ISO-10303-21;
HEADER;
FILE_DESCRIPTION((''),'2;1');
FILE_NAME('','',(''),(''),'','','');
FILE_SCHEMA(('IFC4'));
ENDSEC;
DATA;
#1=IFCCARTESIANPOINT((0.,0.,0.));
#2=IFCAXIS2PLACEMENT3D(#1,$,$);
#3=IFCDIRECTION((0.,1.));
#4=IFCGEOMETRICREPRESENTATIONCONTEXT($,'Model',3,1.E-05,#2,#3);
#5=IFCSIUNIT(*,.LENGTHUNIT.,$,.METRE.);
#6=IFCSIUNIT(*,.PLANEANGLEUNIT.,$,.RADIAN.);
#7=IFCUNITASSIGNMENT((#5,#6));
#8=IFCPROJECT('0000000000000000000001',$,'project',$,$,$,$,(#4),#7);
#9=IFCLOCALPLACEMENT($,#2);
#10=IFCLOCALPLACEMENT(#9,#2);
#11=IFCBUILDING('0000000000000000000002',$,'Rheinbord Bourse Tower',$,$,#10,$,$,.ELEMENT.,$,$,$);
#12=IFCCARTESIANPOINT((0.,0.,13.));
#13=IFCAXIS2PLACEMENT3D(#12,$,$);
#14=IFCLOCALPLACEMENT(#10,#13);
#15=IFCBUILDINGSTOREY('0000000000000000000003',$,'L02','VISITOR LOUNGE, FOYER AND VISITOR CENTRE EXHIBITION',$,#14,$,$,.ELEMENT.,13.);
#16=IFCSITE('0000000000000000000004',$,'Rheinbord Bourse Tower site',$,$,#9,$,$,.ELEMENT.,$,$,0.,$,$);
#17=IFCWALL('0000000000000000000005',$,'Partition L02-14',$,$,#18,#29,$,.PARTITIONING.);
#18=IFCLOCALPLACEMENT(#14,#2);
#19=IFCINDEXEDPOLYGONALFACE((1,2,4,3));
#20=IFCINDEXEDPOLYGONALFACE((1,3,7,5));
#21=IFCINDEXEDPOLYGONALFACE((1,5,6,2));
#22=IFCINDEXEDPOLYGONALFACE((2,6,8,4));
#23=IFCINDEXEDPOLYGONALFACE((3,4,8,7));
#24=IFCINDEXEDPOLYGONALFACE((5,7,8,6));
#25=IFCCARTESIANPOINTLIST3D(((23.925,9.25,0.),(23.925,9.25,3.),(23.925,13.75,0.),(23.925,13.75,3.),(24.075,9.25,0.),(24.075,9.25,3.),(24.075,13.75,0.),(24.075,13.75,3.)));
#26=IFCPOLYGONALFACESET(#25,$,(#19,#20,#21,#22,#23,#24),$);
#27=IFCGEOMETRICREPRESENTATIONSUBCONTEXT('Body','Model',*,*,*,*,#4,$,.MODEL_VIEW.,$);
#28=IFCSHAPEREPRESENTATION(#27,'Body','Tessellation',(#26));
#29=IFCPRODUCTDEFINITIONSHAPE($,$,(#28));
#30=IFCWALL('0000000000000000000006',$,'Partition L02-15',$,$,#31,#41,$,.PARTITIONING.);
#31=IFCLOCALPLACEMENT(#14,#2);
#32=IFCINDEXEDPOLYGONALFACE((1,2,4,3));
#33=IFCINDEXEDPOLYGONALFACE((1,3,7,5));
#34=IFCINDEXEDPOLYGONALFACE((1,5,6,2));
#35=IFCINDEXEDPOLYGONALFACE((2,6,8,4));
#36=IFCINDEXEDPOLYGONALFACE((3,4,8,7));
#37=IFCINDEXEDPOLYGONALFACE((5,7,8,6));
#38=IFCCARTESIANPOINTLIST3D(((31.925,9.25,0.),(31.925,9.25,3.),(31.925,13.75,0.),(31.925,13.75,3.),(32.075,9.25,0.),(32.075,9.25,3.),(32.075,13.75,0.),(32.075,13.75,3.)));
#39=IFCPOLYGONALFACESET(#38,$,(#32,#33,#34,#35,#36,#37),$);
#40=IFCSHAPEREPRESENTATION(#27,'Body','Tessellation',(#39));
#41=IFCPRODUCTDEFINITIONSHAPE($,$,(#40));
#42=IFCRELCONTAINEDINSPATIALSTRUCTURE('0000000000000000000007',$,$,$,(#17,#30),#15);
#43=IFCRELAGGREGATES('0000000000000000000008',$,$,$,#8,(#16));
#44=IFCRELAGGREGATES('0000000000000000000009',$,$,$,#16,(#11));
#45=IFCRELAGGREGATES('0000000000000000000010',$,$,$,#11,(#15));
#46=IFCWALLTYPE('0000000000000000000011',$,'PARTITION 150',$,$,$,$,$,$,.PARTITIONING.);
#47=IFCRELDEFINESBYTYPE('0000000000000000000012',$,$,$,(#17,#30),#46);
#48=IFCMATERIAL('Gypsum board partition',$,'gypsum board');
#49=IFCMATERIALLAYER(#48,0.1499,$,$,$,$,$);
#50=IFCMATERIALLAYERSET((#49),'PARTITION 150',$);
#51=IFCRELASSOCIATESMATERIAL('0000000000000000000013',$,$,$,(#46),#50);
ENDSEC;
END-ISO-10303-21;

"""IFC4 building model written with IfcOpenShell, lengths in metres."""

from ifc_helpers import new_model, si_unit, direction, frame, frame_2d, origin, place, context, subcontext, project, spatial, rectangle, extrude, material, layer, layer_set, type_object, element, save


model = new_model("IFC4")

# Units and contexts
model_context = context("Model", 3, precision=1e-05, world=origin(), true_north=direction((0.0, 1.0)))
body_context = subcontext(model_context, "Body", "Model", "MODEL_VIEW")
ifc_project = project(units=[si_unit("LENGTHUNIT", "METRE"), si_unit("PLANEANGLEUNIT", "RADIAN")], contexts=[model_context])

# Site, building, storey
site_placement = place(None, origin())
site = spatial("IfcSite", under=ifc_project, at=site_placement, Name="Rheinbord Bourse Tower site", CompositionType="ELEMENT", RefElevation=0.0)
building_placement = place(site_placement, origin())
building = spatial("IfcBuilding", under=site, at=building_placement, Name="Rheinbord Bourse Tower", CompositionType="ELEMENT")
storey_placement = place(building_placement, frame((0.0, 0.0, 13.0)))
storey = spatial("IfcBuildingStorey", under=building, at=storey_placement, Name="L02", Description="VISITOR LOUNGE, FOYER AND VISITOR CENTRE EXHIBITION", CompositionType="ELEMENT", Elevation=13.0)

# Shared definitions
ifc_material_1 = material(Name="Gypsum board partition", Category="gypsum board")
ifc_layer_1 = layer(ifc_material_1, 0.1499)
ifc_layer_set_1 = layer_set([ifc_layer_1], Name="PARTITION 150")
wall_type_1 = type_object("IfcWallType", Name="PARTITION 150", PredefinedType="PARTITIONING", material=ifc_layer_set_1)

# Walls
for number, where, z_axis, x_axis, name in (
    (1, (24.0, 9.25, 0.0), (0.0, 0.0, 1.0), (0.0, 1.0, 0.0), "Partition L02-14"),
    (2, (32.0, 9.25, 0.0), (0.0, 0.0, 1.0), (0.0, 1.0, 0.0), "Partition L02-15"),
):
    element("IfcWall", number, at=place(storey_placement, frame(where, z_axis=z_axis, x_axis=x_axis)), inside=storey, type_object=wall_type_1, Name=name, PredefinedType="PARTITIONING", context=body_context, shape_type="SweptSolid", body=[
        extrude(rectangle(XDim=4.5, YDim=0.1499, at=frame_2d((2.25, 0.0))), origin(), (0.0, 0.0, 1.0), 3.0),
    ])

save(model, "model.ifc")
